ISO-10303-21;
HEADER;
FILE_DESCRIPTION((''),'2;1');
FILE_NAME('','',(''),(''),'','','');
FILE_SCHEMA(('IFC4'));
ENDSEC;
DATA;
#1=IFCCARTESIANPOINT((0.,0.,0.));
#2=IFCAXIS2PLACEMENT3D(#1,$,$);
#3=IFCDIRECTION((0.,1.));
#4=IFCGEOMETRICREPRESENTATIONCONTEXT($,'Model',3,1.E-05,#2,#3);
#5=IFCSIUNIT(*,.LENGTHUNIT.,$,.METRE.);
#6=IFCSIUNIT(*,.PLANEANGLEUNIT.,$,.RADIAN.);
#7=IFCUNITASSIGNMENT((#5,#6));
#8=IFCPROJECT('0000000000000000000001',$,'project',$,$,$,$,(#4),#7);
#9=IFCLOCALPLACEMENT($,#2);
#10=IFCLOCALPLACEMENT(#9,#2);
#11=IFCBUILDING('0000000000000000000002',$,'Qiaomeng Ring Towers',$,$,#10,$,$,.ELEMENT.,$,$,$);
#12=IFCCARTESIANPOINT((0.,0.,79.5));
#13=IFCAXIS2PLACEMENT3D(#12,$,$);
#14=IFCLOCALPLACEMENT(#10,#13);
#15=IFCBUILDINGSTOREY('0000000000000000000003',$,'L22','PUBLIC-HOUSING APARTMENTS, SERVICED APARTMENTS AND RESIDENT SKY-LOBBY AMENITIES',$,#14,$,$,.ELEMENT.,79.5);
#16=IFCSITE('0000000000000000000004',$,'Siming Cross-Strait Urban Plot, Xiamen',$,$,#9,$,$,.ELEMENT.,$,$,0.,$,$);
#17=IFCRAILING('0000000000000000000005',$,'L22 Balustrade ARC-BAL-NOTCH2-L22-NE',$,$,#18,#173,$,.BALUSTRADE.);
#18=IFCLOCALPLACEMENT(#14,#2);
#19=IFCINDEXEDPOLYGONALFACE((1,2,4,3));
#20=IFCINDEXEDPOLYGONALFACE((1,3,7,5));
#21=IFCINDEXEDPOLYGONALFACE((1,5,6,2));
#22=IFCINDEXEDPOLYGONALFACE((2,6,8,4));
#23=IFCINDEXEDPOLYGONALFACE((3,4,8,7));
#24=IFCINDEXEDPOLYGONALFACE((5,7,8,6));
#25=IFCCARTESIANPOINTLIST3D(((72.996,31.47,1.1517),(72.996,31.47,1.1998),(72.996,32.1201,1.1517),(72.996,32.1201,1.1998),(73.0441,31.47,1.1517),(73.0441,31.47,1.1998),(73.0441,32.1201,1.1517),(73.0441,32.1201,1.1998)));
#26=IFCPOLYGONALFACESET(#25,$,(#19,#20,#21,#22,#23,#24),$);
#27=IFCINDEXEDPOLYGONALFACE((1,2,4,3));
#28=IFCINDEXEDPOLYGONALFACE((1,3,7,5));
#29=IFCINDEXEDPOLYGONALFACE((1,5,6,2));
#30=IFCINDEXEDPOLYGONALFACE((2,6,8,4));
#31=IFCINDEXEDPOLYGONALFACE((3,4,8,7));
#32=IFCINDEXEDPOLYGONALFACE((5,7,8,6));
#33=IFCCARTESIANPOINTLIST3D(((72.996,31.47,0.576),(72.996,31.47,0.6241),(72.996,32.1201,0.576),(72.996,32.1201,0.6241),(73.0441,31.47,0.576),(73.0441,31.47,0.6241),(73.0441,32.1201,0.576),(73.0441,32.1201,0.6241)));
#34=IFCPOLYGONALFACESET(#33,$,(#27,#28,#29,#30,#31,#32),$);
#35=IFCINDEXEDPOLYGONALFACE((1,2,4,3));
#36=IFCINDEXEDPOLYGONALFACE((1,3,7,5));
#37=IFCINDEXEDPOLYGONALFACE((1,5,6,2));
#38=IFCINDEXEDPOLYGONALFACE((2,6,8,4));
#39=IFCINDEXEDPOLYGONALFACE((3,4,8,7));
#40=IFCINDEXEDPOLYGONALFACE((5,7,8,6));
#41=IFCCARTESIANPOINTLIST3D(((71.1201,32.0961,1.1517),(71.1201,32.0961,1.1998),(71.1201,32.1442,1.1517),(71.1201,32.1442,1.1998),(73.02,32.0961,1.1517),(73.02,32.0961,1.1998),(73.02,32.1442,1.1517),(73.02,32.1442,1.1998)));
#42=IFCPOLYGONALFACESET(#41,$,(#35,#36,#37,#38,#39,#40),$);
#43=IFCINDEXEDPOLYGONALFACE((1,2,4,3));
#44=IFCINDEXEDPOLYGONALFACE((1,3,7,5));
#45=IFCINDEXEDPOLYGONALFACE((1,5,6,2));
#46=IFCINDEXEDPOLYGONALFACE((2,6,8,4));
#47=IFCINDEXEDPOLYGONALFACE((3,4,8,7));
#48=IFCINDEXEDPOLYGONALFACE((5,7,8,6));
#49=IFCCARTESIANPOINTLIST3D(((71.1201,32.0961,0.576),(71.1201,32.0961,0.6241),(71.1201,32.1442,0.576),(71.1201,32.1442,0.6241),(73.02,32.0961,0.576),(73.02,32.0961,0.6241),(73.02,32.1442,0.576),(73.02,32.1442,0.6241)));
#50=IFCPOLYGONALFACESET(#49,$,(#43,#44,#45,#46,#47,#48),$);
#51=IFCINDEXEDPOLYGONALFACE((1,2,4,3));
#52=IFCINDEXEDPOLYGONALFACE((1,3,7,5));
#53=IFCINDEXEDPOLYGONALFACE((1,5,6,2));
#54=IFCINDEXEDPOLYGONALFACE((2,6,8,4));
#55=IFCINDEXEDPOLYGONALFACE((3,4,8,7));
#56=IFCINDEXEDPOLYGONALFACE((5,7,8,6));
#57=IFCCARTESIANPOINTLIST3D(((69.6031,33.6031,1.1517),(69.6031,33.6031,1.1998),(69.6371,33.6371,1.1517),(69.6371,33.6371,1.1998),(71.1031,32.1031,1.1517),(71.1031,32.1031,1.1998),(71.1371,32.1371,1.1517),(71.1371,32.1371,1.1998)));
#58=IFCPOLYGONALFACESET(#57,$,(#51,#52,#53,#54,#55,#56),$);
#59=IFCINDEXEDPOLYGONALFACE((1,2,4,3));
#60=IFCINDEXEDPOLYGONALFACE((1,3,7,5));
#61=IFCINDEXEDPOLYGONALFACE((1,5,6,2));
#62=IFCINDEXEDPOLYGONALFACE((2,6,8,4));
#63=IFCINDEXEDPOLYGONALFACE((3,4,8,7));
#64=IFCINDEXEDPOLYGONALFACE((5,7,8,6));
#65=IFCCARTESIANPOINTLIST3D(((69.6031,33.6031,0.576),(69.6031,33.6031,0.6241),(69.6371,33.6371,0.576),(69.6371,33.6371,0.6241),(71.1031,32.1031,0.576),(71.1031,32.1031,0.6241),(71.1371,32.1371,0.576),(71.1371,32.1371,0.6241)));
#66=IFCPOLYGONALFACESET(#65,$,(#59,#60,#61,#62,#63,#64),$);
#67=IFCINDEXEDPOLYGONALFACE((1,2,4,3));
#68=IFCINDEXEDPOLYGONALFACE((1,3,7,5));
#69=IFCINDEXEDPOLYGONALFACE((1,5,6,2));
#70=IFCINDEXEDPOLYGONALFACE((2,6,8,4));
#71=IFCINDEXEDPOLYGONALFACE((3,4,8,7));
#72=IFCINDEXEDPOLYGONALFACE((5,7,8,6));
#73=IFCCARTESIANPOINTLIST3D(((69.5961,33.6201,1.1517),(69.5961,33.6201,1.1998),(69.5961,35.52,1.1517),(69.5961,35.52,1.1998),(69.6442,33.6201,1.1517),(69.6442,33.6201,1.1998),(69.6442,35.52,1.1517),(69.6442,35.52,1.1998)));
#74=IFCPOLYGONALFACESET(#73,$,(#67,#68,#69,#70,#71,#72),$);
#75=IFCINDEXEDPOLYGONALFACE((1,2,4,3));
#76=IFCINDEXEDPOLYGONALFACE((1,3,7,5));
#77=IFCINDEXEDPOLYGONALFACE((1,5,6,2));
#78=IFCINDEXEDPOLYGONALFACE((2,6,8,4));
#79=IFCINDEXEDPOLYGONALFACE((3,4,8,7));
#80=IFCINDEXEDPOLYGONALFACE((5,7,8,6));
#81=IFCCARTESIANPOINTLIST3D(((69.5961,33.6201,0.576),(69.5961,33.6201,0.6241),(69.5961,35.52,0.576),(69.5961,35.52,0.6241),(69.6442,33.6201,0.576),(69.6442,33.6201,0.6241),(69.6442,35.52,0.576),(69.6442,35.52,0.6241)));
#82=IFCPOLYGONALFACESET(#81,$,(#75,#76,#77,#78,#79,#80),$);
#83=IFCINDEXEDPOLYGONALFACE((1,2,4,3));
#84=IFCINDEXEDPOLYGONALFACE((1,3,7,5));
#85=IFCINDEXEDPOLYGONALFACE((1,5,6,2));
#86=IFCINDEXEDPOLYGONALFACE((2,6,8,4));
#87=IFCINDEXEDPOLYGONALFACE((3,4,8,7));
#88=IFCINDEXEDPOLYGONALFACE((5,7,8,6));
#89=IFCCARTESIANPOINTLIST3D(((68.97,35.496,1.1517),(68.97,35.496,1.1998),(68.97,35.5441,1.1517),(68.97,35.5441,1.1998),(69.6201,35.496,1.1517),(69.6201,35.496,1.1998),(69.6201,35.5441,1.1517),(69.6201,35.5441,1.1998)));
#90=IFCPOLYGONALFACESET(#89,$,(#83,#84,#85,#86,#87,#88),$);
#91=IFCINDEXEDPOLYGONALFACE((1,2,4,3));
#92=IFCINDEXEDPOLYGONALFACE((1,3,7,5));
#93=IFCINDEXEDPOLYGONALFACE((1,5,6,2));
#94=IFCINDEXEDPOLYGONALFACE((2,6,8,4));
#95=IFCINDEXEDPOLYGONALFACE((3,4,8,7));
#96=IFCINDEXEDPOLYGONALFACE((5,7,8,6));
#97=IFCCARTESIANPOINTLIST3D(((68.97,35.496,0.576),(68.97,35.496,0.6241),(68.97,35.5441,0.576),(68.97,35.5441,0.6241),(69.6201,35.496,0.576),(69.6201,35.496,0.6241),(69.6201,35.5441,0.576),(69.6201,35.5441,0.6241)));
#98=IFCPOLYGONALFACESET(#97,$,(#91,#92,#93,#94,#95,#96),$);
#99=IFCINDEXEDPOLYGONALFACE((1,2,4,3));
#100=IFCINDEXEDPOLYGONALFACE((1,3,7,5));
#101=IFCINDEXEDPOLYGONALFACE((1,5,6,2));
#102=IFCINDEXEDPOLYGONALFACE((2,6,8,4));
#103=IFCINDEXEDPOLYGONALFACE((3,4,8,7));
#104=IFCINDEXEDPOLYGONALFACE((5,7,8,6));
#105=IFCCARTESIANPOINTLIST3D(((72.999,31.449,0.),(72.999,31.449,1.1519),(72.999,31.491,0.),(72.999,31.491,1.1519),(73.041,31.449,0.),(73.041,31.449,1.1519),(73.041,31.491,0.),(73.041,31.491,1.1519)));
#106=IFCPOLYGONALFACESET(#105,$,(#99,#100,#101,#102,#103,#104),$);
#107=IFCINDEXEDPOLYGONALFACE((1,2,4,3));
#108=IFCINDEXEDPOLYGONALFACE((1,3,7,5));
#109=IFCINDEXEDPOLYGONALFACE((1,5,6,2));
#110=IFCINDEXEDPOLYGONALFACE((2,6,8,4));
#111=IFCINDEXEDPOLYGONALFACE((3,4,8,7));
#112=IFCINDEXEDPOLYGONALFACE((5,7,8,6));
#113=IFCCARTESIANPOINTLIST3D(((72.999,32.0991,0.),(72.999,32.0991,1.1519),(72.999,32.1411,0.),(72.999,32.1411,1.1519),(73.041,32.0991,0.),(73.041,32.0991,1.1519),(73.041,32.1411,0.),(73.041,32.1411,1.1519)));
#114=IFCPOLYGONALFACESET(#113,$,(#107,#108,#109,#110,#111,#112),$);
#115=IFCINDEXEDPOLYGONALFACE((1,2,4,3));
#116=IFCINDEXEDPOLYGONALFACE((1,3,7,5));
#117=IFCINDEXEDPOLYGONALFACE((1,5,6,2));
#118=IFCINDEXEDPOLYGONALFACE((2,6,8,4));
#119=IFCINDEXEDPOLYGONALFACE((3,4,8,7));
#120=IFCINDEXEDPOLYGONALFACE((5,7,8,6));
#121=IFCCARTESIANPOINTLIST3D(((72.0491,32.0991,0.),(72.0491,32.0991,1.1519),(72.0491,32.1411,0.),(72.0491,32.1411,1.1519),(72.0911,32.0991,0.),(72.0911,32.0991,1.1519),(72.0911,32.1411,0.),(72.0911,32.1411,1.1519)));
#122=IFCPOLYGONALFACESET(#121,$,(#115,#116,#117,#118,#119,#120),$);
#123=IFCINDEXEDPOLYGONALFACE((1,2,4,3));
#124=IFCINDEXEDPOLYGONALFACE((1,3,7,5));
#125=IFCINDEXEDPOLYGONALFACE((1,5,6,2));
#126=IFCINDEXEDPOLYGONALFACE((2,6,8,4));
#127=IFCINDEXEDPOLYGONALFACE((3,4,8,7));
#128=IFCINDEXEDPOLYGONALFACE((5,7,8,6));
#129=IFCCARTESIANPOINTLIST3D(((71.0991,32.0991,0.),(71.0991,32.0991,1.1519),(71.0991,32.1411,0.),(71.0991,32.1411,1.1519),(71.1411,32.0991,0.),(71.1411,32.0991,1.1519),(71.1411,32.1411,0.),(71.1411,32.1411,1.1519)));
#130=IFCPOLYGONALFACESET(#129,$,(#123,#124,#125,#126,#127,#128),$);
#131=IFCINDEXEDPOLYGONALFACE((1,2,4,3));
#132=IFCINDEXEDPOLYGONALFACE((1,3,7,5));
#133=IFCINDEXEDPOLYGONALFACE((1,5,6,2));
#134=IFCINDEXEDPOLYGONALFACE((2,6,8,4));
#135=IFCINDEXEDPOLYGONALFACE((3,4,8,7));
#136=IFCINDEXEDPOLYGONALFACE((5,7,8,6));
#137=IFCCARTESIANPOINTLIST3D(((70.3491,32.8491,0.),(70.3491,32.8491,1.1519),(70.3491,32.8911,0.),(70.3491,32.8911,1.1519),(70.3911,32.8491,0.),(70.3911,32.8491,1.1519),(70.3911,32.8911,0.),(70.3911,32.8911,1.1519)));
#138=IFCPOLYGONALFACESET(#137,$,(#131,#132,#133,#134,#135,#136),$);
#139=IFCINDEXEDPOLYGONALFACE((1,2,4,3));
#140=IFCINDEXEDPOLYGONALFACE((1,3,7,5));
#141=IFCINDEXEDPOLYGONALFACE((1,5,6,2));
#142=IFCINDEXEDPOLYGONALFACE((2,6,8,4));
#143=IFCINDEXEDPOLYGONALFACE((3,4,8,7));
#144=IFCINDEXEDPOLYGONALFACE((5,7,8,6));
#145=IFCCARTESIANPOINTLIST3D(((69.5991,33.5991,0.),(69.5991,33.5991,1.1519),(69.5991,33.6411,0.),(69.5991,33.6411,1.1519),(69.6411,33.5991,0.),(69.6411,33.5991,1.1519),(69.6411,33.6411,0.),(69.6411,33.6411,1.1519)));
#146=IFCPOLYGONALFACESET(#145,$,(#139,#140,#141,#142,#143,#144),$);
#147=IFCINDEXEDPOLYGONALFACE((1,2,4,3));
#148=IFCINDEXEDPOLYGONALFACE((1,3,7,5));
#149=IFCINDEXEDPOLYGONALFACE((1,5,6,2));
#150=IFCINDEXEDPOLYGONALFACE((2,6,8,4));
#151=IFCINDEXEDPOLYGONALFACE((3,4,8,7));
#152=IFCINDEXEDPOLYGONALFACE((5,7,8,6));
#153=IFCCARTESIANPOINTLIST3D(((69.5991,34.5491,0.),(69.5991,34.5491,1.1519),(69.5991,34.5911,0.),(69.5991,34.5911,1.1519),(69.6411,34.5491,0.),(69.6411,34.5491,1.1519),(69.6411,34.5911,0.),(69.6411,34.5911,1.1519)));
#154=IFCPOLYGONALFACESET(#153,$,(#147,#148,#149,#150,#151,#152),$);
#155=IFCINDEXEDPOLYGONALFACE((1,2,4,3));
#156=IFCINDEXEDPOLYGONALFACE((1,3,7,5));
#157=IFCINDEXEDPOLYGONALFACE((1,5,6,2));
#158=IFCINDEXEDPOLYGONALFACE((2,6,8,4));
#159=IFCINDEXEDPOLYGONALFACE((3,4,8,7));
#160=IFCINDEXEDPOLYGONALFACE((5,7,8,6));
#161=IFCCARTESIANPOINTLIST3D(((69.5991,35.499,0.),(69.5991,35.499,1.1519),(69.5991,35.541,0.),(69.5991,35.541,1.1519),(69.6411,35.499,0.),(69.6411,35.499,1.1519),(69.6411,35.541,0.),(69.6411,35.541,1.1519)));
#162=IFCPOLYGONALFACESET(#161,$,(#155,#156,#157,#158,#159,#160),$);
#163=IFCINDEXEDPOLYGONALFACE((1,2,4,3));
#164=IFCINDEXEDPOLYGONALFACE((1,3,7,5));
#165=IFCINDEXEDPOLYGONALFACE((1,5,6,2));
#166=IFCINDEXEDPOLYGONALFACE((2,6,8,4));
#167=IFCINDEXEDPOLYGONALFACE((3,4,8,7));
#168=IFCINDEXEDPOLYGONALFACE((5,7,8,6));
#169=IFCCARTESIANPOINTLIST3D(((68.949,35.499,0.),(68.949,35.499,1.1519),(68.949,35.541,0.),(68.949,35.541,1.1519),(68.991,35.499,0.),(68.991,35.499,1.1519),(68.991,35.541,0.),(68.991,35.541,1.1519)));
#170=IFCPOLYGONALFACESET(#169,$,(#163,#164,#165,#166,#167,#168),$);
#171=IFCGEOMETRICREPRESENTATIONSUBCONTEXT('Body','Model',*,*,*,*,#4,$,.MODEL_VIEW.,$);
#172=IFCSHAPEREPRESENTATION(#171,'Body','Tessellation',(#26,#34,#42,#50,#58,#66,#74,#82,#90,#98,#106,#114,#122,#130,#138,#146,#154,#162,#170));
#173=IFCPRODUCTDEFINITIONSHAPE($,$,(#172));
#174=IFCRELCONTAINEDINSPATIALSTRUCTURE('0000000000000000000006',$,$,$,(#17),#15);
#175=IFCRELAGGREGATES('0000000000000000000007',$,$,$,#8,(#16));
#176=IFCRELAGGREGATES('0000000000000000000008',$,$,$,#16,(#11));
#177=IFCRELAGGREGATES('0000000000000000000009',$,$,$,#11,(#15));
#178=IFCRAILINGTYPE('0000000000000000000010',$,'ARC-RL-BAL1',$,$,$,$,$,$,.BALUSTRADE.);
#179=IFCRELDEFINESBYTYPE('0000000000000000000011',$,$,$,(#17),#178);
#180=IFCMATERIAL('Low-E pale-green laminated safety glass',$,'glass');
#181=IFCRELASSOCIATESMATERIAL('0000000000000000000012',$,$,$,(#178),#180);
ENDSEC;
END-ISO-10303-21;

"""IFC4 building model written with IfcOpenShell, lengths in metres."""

from ifc_helpers import new_model, si_unit, direction, frame, origin, origin_2d, place, context, subcontext, project, spatial, rectangle, extrude, material, type_object, element, save


model = new_model("IFC4")

# Units and contexts
model_context = context("Model", 3, precision=1e-05, world=origin(), true_north=direction((0.0, 1.0)))
body_context = subcontext(model_context, "Body", "Model", "MODEL_VIEW")
ifc_project = project(units=[si_unit("LENGTHUNIT", "METRE"), si_unit("PLANEANGLEUNIT", "RADIAN")], contexts=[model_context])

# Site, building, storey
site_placement = place(None, origin())
site = spatial("IfcSite", under=ifc_project, at=site_placement, Name="Siming Cross-Strait Urban Plot, Xiamen", CompositionType="ELEMENT", RefElevation=0.0)
building_placement = place(site_placement, origin())
building = spatial("IfcBuilding", under=site, at=building_placement, Name="Qiaomeng Ring Towers", CompositionType="ELEMENT")
storey_placement = place(building_placement, frame((0.0, 0.0, 79.5)))
storey = spatial("IfcBuildingStorey", under=building, at=storey_placement, Name="L22", Description="PUBLIC-HOUSING APARTMENTS, SERVICED APARTMENTS AND RESIDENT SKY-LOBBY AMENITIES", CompositionType="ELEMENT", Elevation=79.5)

# Railing
ifc_material_1 = material(Name="Low-E pale-green laminated safety glass", Category="glass")
railing_type = type_object("IfcRailingType", Name="ARC-RL-BAL1", PredefinedType="BALUSTRADE", material=ifc_material_1)
railing_1_placement = place(storey_placement, frame((73.02, 31.47, 0.0)))
element("IfcRailing", 1, at=railing_1_placement, inside=storey, type_object=railing_type, Name="L22 Balustrade ARC-BAL-NOTCH2-L22-NE", PredefinedType="BALUSTRADE", context=body_context, shape_type="SweptSolid", body=[
    extrude(rectangle(XDim=0.0481, YDim=0.0481, at=origin_2d()), frame((0.0, 0.0, 1.1758), z_axis=(0.0, 1.0, 0.0), x_axis=(-1.0, 0.0, 0.0)), (0.0, 0.0, 1.0), 0.6501),
    extrude(rectangle(XDim=0.0481, YDim=0.0481, at=origin_2d()), frame((0.0, 0.0, 0.6001), z_axis=(0.0, 1.0, 0.0), x_axis=(-1.0, 0.0, 0.0)), (0.0, 0.0, 1.0), 0.6501),
    extrude(rectangle(XDim=0.0481, YDim=0.0481, at=origin_2d()), frame((0.0, 0.6501, 1.1758), z_axis=(-1.0, 0.0, 0.0), x_axis=(0.0, -1.0, 0.0)), (0.0, 0.0, 1.0), 1.8999),
    extrude(rectangle(XDim=0.0481, YDim=0.0481, at=origin_2d()), frame((0.0, 0.6501, 0.6001), z_axis=(-1.0, 0.0, 0.0), x_axis=(0.0, -1.0, 0.0)), (0.0, 0.0, 1.0), 1.8999),
    extrude(rectangle(XDim=0.0481, YDim=0.0481, at=origin_2d()), frame((-1.8999, 0.6501, 1.1758), z_axis=(-0.707107, 0.707107, 0.0), x_axis=(-0.707107, -0.707107, 0.0)), (0.0, 0.0, 1.0), 2.1213),
    extrude(rectangle(XDim=0.0481, YDim=0.0481, at=origin_2d()), frame((-1.8999, 0.6501, 0.6001), z_axis=(-0.707107, 0.707107, 0.0), x_axis=(-0.707107, -0.707107, 0.0)), (0.0, 0.0, 1.0), 2.1213),
    extrude(rectangle(XDim=0.0481, YDim=0.0481, at=origin_2d()), frame((-3.3999, 2.1501, 1.1758), z_axis=(0.0, 1.0, 0.0), x_axis=(-1.0, 0.0, 0.0)), (0.0, 0.0, 1.0), 1.8999),
    extrude(rectangle(XDim=0.0481, YDim=0.0481, at=origin_2d()), frame((-3.3999, 2.1501, 0.6001), z_axis=(0.0, 1.0, 0.0), x_axis=(-1.0, 0.0, 0.0)), (0.0, 0.0, 1.0), 1.8999),
    extrude(rectangle(XDim=0.0481, YDim=0.0481, at=origin_2d()), frame((-3.3999, 4.05, 1.1758), z_axis=(-1.0, 0.0, 0.0), x_axis=(0.0, -1.0, 0.0)), (0.0, 0.0, 1.0), 0.6501),
    extrude(rectangle(XDim=0.0481, YDim=0.0481, at=origin_2d()), frame((-3.3999, 4.05, 0.6001), z_axis=(-1.0, 0.0, 0.0), x_axis=(0.0, -1.0, 0.0)), (0.0, 0.0, 1.0), 0.6501),
    extrude(rectangle(XDim=0.042, YDim=0.042, at=origin_2d()), origin(), (0.0, 0.0, 1.0), 1.1519),
    extrude(rectangle(XDim=0.042, YDim=0.042, at=origin_2d()), frame((0.0, 0.6501, 0.0)), (0.0, 0.0, 1.0), 1.1519),
    extrude(rectangle(XDim=0.042, YDim=0.042, at=origin_2d()), frame((-0.95, 0.6501, 0.0)), (0.0, 0.0, 1.0), 1.1519),
    extrude(rectangle(XDim=0.042, YDim=0.042, at=origin_2d()), frame((-1.8999, 0.6501, 0.0)), (0.0, 0.0, 1.0), 1.1519),
    extrude(rectangle(XDim=0.042, YDim=0.042, at=origin_2d()), frame((-2.6499, 1.4001, 0.0)), (0.0, 0.0, 1.0), 1.1519),
    extrude(rectangle(XDim=0.042, YDim=0.042, at=origin_2d()), frame((-3.3999, 2.1501, 0.0)), (0.0, 0.0, 1.0), 1.1519),
    extrude(rectangle(XDim=0.042, YDim=0.042, at=origin_2d()), frame((-3.3999, 3.1001, 0.0)), (0.0, 0.0, 1.0), 1.1519),
    extrude(rectangle(XDim=0.042, YDim=0.042, at=origin_2d()), frame((-3.3999, 4.05, 0.0)), (0.0, 0.0, 1.0), 1.1519),
    extrude(rectangle(XDim=0.042, YDim=0.042, at=origin_2d()), frame((-4.05, 4.05, 0.0)), (0.0, 0.0, 1.0), 1.1519),
])

save(model, "model.ifc")
